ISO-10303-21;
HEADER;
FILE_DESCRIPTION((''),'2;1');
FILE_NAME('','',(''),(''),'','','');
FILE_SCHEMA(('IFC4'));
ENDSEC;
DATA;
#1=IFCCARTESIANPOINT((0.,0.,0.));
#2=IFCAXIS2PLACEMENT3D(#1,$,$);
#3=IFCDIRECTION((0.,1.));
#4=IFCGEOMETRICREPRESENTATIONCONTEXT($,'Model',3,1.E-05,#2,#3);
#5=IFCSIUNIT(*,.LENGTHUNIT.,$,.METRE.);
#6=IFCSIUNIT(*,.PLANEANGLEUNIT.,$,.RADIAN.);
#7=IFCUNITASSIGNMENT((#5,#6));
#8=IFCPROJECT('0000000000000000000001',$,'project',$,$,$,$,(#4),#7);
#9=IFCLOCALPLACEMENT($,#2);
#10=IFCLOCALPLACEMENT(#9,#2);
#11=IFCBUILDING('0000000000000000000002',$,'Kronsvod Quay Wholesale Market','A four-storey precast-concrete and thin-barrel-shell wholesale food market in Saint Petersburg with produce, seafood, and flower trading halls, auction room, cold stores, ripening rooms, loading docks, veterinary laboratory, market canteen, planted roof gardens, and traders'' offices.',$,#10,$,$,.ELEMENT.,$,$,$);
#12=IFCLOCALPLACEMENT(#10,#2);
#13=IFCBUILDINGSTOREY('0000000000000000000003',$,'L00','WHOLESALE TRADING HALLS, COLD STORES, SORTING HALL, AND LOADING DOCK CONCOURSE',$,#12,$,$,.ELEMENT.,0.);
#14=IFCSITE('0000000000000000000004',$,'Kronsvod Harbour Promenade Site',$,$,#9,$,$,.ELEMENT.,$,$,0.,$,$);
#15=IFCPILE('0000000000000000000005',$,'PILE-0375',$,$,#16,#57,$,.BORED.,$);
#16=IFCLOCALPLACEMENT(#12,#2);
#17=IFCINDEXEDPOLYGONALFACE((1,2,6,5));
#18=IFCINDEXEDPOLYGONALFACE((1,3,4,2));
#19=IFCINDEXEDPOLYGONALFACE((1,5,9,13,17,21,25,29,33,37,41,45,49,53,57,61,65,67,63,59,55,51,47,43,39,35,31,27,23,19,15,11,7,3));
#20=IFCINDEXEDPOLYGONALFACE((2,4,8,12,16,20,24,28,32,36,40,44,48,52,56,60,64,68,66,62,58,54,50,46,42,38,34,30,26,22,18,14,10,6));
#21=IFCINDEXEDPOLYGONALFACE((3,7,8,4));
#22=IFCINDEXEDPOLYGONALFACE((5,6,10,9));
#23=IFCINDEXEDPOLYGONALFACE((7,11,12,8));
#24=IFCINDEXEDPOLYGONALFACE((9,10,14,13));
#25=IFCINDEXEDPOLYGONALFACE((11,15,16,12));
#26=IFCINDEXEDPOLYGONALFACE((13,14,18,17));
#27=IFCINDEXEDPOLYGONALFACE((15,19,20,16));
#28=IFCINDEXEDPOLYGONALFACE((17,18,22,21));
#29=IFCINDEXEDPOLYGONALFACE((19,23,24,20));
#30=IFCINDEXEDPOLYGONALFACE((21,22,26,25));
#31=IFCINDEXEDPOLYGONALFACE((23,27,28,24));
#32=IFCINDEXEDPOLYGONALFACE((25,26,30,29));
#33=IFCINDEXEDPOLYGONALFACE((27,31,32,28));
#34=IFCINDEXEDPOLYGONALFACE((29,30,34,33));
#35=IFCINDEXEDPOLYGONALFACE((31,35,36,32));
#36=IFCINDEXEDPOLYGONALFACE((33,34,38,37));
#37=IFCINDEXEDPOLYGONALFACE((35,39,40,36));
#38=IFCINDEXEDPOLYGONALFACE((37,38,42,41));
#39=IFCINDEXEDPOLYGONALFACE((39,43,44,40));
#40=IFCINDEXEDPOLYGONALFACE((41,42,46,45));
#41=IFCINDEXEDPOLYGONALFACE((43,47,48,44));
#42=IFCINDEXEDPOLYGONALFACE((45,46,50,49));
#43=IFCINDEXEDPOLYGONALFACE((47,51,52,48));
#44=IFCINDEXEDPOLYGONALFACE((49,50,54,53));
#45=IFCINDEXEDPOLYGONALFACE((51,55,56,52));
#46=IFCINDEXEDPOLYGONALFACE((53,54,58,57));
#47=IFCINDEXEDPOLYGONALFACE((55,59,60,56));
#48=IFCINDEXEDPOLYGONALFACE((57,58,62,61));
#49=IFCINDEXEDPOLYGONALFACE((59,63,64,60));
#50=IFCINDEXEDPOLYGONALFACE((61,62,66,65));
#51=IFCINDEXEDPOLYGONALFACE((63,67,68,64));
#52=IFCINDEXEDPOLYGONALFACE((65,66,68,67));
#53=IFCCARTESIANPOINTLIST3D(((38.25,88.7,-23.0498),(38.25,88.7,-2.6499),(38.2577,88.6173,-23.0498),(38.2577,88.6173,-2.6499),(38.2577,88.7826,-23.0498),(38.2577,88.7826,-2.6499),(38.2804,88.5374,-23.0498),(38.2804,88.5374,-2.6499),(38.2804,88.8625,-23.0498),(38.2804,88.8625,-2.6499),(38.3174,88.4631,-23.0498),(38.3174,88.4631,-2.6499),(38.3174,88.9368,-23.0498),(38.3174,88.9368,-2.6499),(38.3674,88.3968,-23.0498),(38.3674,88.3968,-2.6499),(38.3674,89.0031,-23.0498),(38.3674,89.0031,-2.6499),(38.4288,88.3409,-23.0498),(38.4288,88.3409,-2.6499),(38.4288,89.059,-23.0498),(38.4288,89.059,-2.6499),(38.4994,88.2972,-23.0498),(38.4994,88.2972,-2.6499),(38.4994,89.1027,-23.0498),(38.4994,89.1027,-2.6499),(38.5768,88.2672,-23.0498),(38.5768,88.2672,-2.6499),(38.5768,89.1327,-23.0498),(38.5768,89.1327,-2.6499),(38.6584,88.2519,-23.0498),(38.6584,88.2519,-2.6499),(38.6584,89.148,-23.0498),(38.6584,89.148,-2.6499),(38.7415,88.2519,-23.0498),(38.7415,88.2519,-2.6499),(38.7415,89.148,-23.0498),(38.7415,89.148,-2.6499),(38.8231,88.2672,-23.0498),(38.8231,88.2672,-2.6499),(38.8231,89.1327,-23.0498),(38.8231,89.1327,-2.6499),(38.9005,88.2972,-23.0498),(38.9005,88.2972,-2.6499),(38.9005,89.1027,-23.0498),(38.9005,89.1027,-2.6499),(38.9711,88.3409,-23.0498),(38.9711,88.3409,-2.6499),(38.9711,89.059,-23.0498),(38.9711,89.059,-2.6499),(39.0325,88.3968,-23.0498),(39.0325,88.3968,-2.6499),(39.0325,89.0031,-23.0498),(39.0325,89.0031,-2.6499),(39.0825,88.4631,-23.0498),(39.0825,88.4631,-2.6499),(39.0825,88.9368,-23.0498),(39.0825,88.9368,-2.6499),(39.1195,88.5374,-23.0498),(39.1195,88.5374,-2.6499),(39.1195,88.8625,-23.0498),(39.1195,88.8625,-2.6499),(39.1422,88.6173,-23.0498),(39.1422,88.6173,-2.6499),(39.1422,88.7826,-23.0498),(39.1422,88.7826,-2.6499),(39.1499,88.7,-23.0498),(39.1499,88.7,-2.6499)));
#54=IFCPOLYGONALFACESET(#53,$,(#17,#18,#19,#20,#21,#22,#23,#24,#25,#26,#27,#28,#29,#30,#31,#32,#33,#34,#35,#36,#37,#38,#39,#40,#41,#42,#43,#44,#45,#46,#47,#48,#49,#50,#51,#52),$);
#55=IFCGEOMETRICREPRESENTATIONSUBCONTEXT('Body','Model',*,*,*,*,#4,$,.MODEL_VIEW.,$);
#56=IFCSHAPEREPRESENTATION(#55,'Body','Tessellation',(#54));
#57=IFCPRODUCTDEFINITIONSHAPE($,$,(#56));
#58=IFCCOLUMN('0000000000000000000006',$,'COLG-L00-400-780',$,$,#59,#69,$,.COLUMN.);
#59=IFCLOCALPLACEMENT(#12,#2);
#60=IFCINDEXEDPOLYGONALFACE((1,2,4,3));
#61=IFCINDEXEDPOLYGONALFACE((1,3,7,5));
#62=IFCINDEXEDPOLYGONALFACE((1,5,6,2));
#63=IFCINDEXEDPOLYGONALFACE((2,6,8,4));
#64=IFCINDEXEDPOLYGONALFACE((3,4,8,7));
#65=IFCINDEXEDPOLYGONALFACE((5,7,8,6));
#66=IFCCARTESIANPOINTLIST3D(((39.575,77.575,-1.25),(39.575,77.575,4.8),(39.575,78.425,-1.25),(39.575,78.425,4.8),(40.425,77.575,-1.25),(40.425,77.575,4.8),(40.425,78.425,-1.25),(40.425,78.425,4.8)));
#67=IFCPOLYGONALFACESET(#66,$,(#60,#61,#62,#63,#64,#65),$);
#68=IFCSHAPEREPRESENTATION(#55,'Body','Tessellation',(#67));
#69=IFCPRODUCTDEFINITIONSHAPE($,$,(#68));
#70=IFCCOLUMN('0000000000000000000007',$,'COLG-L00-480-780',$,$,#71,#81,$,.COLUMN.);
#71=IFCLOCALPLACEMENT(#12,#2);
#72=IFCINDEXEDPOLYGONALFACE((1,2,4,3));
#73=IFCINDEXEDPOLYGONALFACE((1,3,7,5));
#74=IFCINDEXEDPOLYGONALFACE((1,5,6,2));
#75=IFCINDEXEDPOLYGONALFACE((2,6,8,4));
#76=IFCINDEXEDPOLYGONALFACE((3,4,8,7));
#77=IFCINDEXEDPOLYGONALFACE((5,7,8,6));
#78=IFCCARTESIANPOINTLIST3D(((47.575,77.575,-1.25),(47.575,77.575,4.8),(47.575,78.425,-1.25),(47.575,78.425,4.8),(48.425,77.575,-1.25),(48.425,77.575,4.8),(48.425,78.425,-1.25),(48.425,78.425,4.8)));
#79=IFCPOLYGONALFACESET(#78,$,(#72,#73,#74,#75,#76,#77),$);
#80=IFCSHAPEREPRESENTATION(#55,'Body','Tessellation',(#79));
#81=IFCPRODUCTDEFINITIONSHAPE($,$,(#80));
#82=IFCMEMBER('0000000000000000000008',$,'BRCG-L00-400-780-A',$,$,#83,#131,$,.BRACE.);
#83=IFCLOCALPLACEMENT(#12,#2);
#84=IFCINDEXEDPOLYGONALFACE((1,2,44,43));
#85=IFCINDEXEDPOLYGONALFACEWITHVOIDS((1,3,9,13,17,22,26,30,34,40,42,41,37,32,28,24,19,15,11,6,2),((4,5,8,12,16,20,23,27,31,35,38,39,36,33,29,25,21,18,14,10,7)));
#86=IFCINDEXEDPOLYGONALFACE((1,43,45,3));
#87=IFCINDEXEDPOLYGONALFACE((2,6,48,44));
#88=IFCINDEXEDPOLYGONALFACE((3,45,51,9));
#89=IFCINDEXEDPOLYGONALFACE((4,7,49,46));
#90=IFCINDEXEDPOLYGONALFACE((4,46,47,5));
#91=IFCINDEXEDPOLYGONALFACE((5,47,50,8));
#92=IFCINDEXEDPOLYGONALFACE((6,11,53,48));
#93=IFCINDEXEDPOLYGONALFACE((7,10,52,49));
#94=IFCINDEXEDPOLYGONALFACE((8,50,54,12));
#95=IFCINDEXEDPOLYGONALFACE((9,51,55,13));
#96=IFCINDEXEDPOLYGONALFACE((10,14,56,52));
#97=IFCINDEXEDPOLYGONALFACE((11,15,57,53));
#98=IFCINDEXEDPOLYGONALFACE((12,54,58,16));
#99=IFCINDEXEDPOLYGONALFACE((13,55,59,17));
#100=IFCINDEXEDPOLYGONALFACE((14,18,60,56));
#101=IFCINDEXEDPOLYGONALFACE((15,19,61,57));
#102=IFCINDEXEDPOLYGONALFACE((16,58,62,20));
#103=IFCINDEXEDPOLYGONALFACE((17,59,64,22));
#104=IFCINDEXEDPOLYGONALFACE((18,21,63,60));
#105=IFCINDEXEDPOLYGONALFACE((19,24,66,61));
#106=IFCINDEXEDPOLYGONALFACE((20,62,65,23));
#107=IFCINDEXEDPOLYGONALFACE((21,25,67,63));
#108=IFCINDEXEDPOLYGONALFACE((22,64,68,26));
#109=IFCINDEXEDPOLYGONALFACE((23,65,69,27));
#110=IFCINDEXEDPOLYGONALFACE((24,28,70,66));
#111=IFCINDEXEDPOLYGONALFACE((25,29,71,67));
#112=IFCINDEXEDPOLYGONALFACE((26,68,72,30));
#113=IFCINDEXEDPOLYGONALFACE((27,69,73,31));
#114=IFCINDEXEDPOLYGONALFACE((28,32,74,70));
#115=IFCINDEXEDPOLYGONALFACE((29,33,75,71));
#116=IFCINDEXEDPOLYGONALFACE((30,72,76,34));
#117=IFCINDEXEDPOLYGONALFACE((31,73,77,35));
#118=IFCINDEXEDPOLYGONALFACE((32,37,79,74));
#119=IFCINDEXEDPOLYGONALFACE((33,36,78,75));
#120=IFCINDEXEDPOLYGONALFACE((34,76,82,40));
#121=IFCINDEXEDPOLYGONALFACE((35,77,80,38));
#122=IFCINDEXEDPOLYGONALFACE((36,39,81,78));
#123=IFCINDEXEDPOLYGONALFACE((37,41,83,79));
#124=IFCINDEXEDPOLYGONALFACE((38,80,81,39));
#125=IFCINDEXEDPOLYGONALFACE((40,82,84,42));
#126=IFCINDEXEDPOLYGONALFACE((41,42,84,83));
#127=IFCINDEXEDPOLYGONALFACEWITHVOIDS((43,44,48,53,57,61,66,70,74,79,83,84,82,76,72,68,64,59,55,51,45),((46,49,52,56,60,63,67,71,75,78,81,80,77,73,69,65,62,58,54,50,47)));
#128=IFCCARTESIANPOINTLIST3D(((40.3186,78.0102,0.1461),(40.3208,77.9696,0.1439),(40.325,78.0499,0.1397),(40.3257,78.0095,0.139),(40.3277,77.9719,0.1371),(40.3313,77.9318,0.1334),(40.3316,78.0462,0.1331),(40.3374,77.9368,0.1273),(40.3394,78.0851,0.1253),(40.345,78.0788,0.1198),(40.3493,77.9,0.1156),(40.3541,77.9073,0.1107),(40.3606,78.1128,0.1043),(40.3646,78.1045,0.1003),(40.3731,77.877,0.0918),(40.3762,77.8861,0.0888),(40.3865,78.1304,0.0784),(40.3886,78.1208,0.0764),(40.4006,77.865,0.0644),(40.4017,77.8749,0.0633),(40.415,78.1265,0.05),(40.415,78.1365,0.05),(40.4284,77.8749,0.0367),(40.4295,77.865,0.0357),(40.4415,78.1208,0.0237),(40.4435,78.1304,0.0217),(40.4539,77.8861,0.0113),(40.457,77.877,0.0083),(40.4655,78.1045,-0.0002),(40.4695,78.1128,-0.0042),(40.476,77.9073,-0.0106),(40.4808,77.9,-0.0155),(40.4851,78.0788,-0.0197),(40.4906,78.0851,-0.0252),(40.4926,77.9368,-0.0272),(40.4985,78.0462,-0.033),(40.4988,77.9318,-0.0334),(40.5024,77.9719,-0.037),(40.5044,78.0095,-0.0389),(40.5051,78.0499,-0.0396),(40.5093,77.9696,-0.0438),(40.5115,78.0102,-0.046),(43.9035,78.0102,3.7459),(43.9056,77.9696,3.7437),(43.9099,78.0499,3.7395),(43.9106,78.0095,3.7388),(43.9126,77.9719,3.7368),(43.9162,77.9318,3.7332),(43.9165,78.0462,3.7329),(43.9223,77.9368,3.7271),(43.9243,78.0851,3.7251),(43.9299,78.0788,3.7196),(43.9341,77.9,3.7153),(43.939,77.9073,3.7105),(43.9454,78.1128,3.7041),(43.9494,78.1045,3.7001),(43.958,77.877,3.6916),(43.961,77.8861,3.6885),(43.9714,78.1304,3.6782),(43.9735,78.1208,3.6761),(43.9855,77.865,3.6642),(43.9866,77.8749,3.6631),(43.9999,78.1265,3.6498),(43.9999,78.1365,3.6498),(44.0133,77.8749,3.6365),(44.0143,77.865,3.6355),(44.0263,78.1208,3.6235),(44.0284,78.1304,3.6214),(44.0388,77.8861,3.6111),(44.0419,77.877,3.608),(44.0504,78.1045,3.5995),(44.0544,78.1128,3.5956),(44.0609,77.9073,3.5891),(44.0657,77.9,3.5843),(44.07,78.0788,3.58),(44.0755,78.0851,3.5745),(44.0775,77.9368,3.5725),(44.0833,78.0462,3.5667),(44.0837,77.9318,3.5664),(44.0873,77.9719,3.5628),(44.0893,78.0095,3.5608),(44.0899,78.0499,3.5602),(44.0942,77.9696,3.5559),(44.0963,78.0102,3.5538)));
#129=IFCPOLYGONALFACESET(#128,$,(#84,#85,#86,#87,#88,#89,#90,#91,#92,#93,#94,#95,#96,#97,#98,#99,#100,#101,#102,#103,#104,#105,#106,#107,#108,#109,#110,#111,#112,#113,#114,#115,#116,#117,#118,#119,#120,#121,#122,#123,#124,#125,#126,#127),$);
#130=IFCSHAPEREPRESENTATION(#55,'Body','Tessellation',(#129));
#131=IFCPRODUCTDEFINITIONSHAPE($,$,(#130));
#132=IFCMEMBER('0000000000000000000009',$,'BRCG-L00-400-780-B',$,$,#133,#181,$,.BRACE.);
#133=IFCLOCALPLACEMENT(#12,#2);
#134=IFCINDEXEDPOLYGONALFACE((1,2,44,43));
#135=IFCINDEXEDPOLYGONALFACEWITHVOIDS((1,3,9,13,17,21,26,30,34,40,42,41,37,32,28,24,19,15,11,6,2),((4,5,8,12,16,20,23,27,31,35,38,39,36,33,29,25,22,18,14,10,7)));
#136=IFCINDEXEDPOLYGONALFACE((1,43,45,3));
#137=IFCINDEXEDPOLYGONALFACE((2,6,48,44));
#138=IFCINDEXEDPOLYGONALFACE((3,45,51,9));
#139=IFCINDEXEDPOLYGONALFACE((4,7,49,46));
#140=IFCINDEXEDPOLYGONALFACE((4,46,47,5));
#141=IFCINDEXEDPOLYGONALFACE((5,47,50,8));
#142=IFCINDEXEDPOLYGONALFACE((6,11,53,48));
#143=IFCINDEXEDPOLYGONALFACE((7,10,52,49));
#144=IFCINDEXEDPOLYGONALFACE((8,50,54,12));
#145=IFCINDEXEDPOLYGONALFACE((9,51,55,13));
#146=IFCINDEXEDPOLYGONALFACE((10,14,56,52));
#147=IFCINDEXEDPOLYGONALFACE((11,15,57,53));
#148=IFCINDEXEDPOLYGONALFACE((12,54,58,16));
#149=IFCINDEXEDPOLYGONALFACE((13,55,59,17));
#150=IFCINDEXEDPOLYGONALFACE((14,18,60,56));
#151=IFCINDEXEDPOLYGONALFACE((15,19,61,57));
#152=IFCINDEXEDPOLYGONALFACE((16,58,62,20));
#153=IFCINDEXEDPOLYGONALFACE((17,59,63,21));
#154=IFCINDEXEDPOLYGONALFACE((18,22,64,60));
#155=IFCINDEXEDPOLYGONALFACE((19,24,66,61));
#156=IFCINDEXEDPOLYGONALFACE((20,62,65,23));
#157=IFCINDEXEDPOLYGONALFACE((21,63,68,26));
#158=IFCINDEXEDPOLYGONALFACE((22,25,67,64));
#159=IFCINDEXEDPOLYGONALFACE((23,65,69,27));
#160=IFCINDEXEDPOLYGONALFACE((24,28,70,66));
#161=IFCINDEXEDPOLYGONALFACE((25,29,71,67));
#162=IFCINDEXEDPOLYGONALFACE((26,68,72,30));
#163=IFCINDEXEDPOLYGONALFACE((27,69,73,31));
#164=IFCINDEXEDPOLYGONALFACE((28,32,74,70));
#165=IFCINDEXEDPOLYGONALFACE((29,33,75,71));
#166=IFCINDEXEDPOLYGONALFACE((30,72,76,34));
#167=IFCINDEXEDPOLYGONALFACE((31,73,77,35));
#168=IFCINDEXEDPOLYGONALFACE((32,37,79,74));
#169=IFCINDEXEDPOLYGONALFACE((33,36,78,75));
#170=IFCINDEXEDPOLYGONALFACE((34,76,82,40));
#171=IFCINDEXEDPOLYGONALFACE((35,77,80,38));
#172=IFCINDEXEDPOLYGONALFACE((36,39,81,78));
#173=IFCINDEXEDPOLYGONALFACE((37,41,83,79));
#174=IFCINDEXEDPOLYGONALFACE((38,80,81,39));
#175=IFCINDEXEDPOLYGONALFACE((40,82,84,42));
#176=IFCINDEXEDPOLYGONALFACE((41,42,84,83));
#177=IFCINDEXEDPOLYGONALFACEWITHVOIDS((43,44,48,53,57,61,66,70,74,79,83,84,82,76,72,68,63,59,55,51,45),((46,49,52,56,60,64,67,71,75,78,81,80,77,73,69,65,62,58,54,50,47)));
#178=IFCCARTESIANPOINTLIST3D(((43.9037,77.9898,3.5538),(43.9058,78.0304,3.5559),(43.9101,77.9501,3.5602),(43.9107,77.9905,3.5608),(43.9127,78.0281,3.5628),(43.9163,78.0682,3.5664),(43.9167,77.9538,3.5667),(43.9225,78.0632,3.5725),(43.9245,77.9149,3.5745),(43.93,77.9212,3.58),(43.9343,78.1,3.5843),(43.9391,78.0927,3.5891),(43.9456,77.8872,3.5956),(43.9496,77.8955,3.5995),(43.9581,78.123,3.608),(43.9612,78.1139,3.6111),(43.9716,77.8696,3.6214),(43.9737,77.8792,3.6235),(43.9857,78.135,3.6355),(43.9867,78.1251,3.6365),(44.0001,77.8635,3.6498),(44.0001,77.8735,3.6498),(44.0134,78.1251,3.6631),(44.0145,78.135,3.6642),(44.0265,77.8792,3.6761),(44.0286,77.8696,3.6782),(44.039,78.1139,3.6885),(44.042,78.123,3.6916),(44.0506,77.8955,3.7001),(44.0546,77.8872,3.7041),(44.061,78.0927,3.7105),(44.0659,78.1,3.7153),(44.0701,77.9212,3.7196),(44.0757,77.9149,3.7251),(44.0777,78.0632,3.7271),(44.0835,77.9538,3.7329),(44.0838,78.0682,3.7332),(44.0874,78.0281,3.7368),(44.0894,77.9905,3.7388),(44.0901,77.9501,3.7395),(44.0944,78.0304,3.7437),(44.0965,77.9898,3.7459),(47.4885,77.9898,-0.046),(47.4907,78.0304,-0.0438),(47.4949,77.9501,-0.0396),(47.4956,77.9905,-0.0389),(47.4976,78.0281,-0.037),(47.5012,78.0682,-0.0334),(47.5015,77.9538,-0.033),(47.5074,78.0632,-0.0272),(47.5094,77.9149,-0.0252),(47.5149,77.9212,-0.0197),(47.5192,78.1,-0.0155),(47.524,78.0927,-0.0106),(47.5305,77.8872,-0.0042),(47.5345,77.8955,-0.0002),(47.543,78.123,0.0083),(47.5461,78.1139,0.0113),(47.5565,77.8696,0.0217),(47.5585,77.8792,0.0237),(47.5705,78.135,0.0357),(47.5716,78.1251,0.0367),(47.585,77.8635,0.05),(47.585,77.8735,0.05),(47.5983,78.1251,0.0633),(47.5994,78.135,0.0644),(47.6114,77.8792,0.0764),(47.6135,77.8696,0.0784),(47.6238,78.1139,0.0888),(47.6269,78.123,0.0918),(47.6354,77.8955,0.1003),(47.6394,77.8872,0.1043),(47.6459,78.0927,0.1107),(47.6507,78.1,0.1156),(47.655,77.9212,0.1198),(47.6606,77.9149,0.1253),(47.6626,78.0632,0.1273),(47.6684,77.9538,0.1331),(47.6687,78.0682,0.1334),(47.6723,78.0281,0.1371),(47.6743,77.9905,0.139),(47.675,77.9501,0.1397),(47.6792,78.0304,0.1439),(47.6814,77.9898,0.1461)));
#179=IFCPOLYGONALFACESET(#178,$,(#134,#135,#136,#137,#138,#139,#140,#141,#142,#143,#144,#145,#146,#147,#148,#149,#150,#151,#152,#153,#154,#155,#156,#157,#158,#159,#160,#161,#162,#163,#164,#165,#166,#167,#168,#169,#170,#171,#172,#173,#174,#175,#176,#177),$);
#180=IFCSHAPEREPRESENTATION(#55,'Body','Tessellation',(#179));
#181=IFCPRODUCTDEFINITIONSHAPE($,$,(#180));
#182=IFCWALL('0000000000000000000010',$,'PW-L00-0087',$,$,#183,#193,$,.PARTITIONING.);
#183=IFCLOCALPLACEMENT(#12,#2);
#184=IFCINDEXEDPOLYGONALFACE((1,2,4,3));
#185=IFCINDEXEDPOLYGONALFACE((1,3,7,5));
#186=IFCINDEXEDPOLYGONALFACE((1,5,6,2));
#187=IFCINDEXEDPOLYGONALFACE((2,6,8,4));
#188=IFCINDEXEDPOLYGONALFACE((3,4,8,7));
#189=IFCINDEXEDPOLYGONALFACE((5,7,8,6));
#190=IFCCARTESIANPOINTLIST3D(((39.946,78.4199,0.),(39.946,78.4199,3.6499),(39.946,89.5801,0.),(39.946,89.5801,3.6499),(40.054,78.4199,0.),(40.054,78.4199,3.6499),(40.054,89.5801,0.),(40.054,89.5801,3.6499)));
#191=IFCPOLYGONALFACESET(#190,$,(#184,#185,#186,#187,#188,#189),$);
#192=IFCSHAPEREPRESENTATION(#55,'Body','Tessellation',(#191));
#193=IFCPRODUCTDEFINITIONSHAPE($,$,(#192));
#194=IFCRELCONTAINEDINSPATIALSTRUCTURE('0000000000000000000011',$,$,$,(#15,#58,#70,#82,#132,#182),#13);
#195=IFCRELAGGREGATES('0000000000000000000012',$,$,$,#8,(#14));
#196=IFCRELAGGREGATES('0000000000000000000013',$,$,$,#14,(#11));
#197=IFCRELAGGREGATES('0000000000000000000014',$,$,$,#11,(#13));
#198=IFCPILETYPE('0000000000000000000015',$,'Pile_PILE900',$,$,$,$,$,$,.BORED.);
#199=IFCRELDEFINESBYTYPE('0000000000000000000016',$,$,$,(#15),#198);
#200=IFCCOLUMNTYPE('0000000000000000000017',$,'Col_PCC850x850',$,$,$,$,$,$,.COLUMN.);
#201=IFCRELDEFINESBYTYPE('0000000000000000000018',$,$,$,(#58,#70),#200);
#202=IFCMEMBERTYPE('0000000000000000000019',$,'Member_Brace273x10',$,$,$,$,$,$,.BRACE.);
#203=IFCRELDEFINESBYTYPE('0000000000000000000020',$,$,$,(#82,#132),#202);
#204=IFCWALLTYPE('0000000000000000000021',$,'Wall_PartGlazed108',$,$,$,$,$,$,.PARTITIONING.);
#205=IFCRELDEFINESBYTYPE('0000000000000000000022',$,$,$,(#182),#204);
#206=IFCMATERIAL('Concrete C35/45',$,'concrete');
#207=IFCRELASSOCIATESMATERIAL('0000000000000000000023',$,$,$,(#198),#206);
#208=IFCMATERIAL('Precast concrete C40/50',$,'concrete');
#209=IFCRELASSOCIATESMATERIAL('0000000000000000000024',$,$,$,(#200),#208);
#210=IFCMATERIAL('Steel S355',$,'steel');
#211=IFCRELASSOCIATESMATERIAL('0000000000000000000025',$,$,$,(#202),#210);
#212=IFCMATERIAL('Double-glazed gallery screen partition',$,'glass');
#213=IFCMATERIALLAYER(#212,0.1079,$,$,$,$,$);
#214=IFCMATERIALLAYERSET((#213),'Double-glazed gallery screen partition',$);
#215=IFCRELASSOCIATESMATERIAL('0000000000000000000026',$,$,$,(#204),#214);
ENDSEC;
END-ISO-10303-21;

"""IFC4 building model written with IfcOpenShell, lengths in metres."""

from ifc_helpers import new_model, si_unit, direction, frame, frame_2d, origin, origin_2d, place, context, subcontext, project, spatial, rectangle, circle, hollow_circle, extrude, material, layer, layer_set, material_profile, profile_set, type_object, element, save


model = new_model("IFC4")

# Units and contexts
model_context = context("Model", 3, precision=1e-05, world=origin(), true_north=direction((0.0, 1.0)))
body_context = subcontext(model_context, "Body", "Model", "MODEL_VIEW")
ifc_project = project(units=[si_unit("LENGTHUNIT", "METRE"), si_unit("PLANEANGLEUNIT", "RADIAN")], contexts=[model_context])

# Site, building, storey
site_placement = place(None, origin())
site = spatial("IfcSite", under=ifc_project, at=site_placement, Name="Kronsvod Harbour Promenade Site", CompositionType="ELEMENT", RefElevation=0.0)
building_placement = place(site_placement, origin())
building = spatial("IfcBuilding", under=site, at=building_placement, Name="Kronsvod Quay Wholesale Market", Description="A four-storey precast-concrete and thin-barrel-shell wholesale food market in Saint Petersburg with produce, seafood, and flower trading halls, auction room, cold stores, ripening rooms, loading docks, veterinary laboratory, market canteen, planted roof gardens, and traders' offices.", CompositionType="ELEMENT")
storey_placement = place(building_placement, origin())
storey = spatial("IfcBuildingStorey", under=building, at=storey_placement, Name="L00", Description="WHOLESALE TRADING HALLS, COLD STORES, SORTING HALL, AND LOADING DOCK CONCOURSE", CompositionType="ELEMENT", Elevation=0.0)

# Pile
ifc_material_1 = material(Name="Concrete C35/45", Category="concrete")
ifc_material_profile_1 = material_profile(ifc_material_1, circle(Radius=0.45, at=origin_2d()), Name="PILE900")
ifc_profile_set_1 = profile_set([ifc_material_profile_1], Name="Concrete C35/45")
pile_type_1 = type_object("IfcPileType", Name="Pile_PILE900", PredefinedType="BORED", material=ifc_profile_set_1)
for number, where, z_axis, x_axis, name in (
    (1, (38.7, 88.7, -2.6499), (0.0, 0.0, -1.0), (1.0, 0.0, 0.0), "PILE-0375"),
):
    element("IfcPile", number, at=place(storey_placement, frame(where, z_axis=z_axis, x_axis=x_axis)), inside=storey, type_object=pile_type_1, Name=name, PredefinedType="BORED", context=body_context, shape_type="SweptSolid", body=[
        extrude(circle(Radius=0.45, at=origin_2d()), origin(), (0.0, 0.0, 1.0), 20.3999),
    ])

# Columns
ifc_material_2 = material(Name="Precast concrete C40/50", Category="concrete")
ifc_material_profile_2 = material_profile(ifc_material_2, rectangle(XDim=0.8501, YDim=0.8501, at=origin_2d()), Name="COL-06")
ifc_profile_set_2 = profile_set([ifc_material_profile_2], Name="Precast concrete C40/50")
column_type = type_object("IfcColumnType", Name="Col_PCC850x850", PredefinedType="COLUMN", material=ifc_profile_set_2)
for number, where, z_axis, x_axis, name in (
    (2, (40.0, 78.0, -1.25), (0.0, 0.0, 1.0), (1.0, 0.0, 0.0), "COLG-L00-400-780"),
    (3, (48.0, 78.0, -1.25), (0.0, 0.0, 1.0), (1.0, 0.0, 0.0), "COLG-L00-480-780"),
):
    element("IfcColumn", number, at=place(storey_placement, frame(where, z_axis=z_axis, x_axis=x_axis)), inside=storey, type_object=column_type, Name=name, PredefinedType="COLUMN", context=body_context, shape_type="SweptSolid", body=[
        extrude(rectangle(XDim=0.8501, YDim=0.8501, at=origin_2d()), origin(), (0.0, 0.0, 1.0), 6.05),
    ])

# Members
ifc_material_3 = material(Name="Steel S355", Category="steel")
ifc_material_profile_3 = material_profile(ifc_material_3, hollow_circle(Radius=0.1365, WallThickness=0.01, at=origin_2d()), Name="CHS273x10")
ifc_profile_set_3 = profile_set([ifc_material_profile_3], Name="Steel S355")
member_type = type_object("IfcMemberType", Name="Member_Brace273x10", PredefinedType="BRACE", material=ifc_profile_set_3)
for number, where, z_axis, x_axis, name in (
    (4, (40.415, 78.0, 0.05), (0.70564, 0.0, 0.708571), (0.0, 1.0, 0.0), "BRCG-L00-400-780-A"),
    (5, (47.585, 78.0, 0.05), (-0.70564, 0.0, 0.708571), (0.0, -1.0, 0.0), "BRCG-L00-400-780-B"),
):
    element("IfcMember", number, at=place(storey_placement, frame(where, z_axis=z_axis, x_axis=x_axis)), inside=storey, type_object=member_type, Name=name, PredefinedType="BRACE", context=body_context, shape_type="SweptSolid", body=[
        extrude(hollow_circle(Radius=0.1365, WallThickness=0.01, at=origin_2d()), origin(), (0.0, 0.0, 1.0), 5.0803),
    ])

# Wall
ifc_material_4 = material(Name="Double-glazed gallery screen partition", Category="glass")
ifc_layer_1 = layer(ifc_material_4, 0.1079)
ifc_layer_set_1 = layer_set([ifc_layer_1], Name="Double-glazed gallery screen partition")
wall_type_1 = type_object("IfcWallType", Name="Wall_PartGlazed108", PredefinedType="PARTITIONING", material=ifc_layer_set_1)
wall_1_placement = place(storey_placement, frame((40.0, 78.4199, 0.0), z_axis=(0.0, 0.0, 1.0), x_axis=(0.0, 1.0, 0.0)))
element("IfcWall", 6, at=wall_1_placement, inside=storey, type_object=wall_type_1, Name="PW-L00-0087", PredefinedType="PARTITIONING", context=body_context, shape_type="SweptSolid", body=[
    extrude(rectangle(XDim=11.1602, YDim=0.1079, at=frame_2d((5.5801, 0.0))), origin(), (0.0, 0.0, 1.0), 3.6499),
])

save(model, "model.ifc")
